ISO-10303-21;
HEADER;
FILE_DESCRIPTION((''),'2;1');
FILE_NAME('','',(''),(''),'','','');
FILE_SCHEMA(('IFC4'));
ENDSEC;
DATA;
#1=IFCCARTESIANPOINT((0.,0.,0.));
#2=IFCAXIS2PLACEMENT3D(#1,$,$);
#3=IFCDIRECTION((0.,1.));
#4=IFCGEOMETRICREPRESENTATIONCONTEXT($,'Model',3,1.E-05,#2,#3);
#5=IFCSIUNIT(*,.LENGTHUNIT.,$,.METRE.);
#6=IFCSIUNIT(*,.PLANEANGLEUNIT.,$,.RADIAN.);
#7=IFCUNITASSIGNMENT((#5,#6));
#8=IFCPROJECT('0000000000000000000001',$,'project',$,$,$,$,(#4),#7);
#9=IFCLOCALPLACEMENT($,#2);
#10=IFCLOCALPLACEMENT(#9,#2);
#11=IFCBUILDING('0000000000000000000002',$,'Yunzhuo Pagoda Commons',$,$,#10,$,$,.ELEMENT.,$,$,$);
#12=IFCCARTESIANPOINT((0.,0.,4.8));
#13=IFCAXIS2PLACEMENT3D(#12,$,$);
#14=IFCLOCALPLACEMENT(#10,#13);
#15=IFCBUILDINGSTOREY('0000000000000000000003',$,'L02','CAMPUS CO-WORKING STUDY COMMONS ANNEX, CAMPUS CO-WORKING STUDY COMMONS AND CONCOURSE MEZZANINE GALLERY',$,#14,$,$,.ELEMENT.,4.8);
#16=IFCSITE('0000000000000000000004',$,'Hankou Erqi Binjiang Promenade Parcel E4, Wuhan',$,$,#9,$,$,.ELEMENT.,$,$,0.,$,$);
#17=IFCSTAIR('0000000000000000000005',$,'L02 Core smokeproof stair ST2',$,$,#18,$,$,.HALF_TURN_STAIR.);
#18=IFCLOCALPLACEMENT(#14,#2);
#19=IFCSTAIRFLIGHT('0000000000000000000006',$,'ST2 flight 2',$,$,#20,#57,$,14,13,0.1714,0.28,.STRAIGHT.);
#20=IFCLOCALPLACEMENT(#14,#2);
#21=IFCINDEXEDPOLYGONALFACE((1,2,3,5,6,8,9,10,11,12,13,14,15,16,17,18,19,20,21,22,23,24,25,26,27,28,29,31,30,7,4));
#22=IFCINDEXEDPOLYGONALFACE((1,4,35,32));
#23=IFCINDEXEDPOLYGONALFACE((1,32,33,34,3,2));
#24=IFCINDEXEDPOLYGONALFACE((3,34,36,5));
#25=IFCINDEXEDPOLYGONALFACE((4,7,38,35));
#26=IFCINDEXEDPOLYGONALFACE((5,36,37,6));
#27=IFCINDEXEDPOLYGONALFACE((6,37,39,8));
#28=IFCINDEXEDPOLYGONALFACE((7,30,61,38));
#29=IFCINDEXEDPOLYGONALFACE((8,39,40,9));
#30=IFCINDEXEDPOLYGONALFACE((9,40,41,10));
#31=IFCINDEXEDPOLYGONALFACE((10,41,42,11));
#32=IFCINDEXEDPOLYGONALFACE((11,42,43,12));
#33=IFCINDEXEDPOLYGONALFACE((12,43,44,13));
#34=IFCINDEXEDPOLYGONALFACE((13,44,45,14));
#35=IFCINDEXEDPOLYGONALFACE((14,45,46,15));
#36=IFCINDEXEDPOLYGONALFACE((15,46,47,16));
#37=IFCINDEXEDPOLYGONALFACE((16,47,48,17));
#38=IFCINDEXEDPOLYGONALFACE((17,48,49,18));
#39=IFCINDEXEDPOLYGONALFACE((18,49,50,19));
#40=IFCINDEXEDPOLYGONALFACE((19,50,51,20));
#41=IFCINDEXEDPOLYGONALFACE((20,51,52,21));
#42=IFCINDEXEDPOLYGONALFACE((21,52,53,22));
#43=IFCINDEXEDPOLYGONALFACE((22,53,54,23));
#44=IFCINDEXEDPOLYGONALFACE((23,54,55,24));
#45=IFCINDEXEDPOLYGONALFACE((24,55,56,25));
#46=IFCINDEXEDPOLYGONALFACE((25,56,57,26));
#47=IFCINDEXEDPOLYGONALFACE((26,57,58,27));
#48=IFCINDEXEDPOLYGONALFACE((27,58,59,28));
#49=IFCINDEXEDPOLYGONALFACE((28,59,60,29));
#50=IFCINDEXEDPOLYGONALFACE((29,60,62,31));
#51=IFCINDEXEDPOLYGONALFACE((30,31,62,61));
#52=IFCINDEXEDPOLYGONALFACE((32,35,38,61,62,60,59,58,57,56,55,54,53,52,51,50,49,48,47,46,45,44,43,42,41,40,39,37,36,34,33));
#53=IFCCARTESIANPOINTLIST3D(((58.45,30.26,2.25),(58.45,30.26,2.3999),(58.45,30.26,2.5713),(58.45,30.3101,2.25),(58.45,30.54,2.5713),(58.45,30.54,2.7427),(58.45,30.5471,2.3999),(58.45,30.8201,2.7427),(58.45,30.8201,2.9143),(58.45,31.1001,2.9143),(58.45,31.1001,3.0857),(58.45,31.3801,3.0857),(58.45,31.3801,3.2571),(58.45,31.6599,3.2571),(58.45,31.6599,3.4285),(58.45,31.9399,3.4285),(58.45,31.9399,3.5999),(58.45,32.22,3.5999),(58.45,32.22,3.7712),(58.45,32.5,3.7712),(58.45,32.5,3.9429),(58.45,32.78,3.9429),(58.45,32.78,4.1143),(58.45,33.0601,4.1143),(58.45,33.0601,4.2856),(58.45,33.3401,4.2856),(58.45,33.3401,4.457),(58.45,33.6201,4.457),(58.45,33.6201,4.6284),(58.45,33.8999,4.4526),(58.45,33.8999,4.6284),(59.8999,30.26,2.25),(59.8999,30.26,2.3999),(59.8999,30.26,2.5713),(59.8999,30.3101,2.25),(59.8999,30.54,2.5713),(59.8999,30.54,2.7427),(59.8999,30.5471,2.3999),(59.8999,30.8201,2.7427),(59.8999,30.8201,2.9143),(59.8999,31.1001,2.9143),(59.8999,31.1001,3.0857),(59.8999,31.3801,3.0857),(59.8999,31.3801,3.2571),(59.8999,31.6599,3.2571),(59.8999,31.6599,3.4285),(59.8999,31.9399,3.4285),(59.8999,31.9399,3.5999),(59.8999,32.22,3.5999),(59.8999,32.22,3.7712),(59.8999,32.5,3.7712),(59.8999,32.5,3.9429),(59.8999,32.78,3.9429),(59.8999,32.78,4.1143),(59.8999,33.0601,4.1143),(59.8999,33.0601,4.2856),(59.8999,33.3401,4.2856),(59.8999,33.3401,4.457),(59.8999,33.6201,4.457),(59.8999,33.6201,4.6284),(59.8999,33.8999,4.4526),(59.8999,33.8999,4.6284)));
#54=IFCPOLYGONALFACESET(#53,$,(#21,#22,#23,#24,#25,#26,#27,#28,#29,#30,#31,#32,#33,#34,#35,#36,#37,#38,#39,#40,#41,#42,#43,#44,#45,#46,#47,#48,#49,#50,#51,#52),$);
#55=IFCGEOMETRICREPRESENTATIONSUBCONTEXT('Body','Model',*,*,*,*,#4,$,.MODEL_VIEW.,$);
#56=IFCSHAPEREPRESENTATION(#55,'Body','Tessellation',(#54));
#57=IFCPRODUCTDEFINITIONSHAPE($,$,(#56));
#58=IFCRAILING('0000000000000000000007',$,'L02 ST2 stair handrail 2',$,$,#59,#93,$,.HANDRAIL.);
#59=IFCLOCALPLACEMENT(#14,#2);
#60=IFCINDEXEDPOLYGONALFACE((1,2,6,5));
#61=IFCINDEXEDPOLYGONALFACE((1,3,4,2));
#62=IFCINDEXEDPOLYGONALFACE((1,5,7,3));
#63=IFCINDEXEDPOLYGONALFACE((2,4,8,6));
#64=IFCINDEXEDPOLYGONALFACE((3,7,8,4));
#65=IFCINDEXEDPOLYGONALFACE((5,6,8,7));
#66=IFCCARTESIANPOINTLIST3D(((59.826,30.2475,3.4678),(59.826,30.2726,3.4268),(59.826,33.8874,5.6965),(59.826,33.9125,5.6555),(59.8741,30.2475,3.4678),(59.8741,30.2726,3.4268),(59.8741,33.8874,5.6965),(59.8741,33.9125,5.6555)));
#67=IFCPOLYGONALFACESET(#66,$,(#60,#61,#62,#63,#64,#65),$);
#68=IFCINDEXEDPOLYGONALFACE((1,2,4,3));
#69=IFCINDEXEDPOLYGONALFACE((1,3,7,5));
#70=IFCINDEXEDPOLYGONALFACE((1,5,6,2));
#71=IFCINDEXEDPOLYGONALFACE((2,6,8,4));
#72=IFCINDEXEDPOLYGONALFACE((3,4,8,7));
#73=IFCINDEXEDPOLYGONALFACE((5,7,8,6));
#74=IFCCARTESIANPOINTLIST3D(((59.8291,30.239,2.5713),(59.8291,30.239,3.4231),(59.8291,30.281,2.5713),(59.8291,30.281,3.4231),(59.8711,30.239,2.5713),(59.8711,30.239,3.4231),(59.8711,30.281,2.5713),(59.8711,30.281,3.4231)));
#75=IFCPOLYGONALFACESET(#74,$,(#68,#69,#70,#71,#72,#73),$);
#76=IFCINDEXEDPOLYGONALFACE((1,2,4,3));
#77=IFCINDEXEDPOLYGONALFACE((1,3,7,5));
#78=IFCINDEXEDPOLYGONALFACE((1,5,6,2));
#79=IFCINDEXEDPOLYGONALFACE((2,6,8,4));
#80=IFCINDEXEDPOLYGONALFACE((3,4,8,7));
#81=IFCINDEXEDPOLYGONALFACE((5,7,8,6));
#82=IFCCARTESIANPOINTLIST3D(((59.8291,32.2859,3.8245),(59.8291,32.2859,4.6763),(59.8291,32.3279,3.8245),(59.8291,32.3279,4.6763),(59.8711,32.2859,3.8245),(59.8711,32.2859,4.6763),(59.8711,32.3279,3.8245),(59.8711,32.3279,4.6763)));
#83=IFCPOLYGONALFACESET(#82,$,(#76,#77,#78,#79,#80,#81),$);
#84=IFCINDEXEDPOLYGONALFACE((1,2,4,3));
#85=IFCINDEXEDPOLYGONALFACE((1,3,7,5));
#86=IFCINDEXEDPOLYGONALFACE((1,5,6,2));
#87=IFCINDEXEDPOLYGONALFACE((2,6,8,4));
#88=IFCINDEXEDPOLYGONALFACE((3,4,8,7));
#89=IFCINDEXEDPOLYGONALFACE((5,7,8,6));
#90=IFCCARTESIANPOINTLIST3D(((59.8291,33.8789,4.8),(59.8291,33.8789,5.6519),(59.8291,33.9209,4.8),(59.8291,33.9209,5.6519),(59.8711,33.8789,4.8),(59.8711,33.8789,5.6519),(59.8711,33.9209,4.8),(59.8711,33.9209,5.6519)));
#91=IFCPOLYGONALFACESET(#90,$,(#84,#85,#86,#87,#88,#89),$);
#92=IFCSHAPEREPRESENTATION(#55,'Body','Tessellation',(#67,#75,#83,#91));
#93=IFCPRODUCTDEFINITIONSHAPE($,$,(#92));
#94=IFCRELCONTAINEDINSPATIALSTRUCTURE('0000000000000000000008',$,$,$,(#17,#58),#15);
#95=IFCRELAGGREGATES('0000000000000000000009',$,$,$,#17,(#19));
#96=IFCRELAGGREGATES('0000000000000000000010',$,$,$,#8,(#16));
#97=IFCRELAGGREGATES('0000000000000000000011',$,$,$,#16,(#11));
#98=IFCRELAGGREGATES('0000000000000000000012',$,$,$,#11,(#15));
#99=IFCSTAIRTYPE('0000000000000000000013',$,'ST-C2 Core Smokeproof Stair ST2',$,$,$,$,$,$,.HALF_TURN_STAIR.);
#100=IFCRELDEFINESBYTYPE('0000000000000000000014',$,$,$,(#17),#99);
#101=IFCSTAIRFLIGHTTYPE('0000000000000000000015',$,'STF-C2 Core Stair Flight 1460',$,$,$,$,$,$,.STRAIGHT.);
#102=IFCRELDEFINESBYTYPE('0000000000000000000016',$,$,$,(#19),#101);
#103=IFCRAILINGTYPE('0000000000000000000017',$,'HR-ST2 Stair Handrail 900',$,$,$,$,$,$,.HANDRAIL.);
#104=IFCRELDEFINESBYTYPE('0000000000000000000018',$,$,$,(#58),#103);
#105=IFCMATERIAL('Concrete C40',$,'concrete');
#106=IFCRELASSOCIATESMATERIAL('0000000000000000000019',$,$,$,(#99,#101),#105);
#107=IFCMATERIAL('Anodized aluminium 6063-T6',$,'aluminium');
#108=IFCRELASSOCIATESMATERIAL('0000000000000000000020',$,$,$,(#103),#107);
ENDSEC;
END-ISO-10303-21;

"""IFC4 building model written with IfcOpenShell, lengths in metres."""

from ifc_helpers import new_model, si_unit, direction, frame, origin, origin_2d, place, context, subcontext, project, spatial, polyline, rectangle, outline, extrude, source, transform, mapped, material, type_object, element, aggregate, save


model = new_model("IFC4")

# Units and contexts
model_context = context("Model", 3, precision=1e-05, world=origin(), true_north=direction((0.0, 1.0)))
body_context = subcontext(model_context, "Body", "Model", "MODEL_VIEW")
ifc_project = project(units=[si_unit("LENGTHUNIT", "METRE"), si_unit("PLANEANGLEUNIT", "RADIAN")], contexts=[model_context])

# Site, building, storey
site_placement = place(None, origin())
site = spatial("IfcSite", under=ifc_project, at=site_placement, Name="Hankou Erqi Binjiang Promenade Parcel E4, Wuhan", CompositionType="ELEMENT", RefElevation=0.0)
building_placement = place(site_placement, origin())
building = spatial("IfcBuilding", under=site, at=building_placement, Name="Yunzhuo Pagoda Commons", CompositionType="ELEMENT")
storey_placement = place(building_placement, frame((0.0, 0.0, 4.8)))
storey = spatial("IfcBuildingStorey", under=building, at=storey_placement, Name="L02", Description="CAMPUS CO-WORKING STUDY COMMONS ANNEX, CAMPUS CO-WORKING STUDY COMMONS AND CONCOURSE MEZZANINE GALLERY", CompositionType="ELEMENT", Elevation=4.8)

# Stair, stair flight
ifc_material_1 = material(Name="Concrete C40", Category="concrete")
stair_type = type_object("IfcStairType", Name="ST-C2 Core Smokeproof Stair ST2", PredefinedType="HALF_TURN_STAIR", material=ifc_material_1)
stair_placement = place(storey_placement, origin())
stair = element("IfcStair", 1, at=stair_placement, inside=storey, type_object=stair_type, Name="L02 Core smokeproof stair ST2", PredefinedType="HALF_TURN_STAIR")
stair_flight_type = type_object("IfcStairFlightType", Name="STF-C2 Core Stair Flight 1460", PredefinedType="STRAIGHT", material=ifc_material_1)
shared_shape_1 = source(origin(), body_context, "Body", "SweptSolid", [
    extrude(outline(polyline([(0.0, -0.1499), (0.0, 0.0), (0.0, 0.1714), (0.28, 0.1714), (0.28, 0.3428), (0.5601, 0.3428), (0.5601, 0.5144), (0.8401, 0.5144), (0.8401, 0.6858), (1.1201, 0.6858), (1.1201, 0.8572), (1.3999, 0.8572), (1.3999, 1.0286), (1.6799, 1.0286), (1.6799, 1.2), (1.96, 1.2), (1.96, 1.3713), (2.24, 1.3713), (2.24, 1.543), (2.52, 1.543), (2.52, 1.7144), (2.8, 1.7144), (2.8, 1.8857), (3.0801, 1.8857), (3.0801, 2.0571), (3.3601, 2.0571), (3.3601, 2.2285), (3.6399, 2.2285), (3.6399, 2.3999), (3.6399, 2.0527), (0.2871, 0.0), (0.05, -0.1499), (0.0, -0.1499)])), frame((0.0, 0.7251, 0.0), z_axis=(0.0, -1.0, 0.0), x_axis=(1.0, 0.0, 0.0)), (0.0, 0.0, 1.0), 1.45),
])
stair_flight_placement = place(storey_placement, frame((59.175, 30.26, 2.3999), z_axis=(0.0, 0.0, 1.0), x_axis=(0.0, 1.0, 0.0)))
stair_flight = element("IfcStairFlight", 2, at=stair_flight_placement, type_object=stair_flight_type, Name="ST2 flight 2", NumberOfRisers=14, NumberOfTreads=13, PredefinedType="STRAIGHT", RiserHeight=0.1714, TreadLength=0.28, context=body_context, shape_type="MappedRepresentation", body=[
    mapped(shared_shape_1, transform((0.0, 0.0, 0.0), scale=1.0)),
])
aggregate(stair, [stair_flight])

# Railing
ifc_material_2 = material(Name="Anodized aluminium 6063-T6", Category="aluminium")
railing_type = type_object("IfcRailingType", Name="HR-ST2 Stair Handrail 900", PredefinedType="HANDRAIL", material=ifc_material_2)
railing_placement = place(storey_placement, frame((59.8501, 30.26, 2.5713)))
element("IfcRailing", 3, at=railing_placement, inside=storey, type_object=railing_type, Name="L02 ST2 stair handrail 2", PredefinedType="HANDRAIL", context=body_context, shape_type="SweptSolid", body=[
    extrude(rectangle(XDim=0.0481, YDim=0.0481, at=origin_2d()), frame((0.0, 0.0, 0.876), z_axis=(0.0, 0.852825, 0.522197), x_axis=(-1.0, 0.0, 0.0)), (0.0, 0.0, 1.0), 4.2681),
    extrude(rectangle(XDim=0.042, YDim=0.042, at=origin_2d()), origin(), (0.0, 0.0, 1.0), 0.8518),
    extrude(rectangle(XDim=0.042, YDim=0.042, at=origin_2d()), frame((0.0, 2.0469, 1.2532)), (0.0, 0.0, 1.0), 0.8518),
    extrude(rectangle(XDim=0.042, YDim=0.042, at=origin_2d()), frame((0.0, 3.6399, 2.2288)), (0.0, 0.0, 1.0), 0.8518),
])

save(model, "model.ifc")
